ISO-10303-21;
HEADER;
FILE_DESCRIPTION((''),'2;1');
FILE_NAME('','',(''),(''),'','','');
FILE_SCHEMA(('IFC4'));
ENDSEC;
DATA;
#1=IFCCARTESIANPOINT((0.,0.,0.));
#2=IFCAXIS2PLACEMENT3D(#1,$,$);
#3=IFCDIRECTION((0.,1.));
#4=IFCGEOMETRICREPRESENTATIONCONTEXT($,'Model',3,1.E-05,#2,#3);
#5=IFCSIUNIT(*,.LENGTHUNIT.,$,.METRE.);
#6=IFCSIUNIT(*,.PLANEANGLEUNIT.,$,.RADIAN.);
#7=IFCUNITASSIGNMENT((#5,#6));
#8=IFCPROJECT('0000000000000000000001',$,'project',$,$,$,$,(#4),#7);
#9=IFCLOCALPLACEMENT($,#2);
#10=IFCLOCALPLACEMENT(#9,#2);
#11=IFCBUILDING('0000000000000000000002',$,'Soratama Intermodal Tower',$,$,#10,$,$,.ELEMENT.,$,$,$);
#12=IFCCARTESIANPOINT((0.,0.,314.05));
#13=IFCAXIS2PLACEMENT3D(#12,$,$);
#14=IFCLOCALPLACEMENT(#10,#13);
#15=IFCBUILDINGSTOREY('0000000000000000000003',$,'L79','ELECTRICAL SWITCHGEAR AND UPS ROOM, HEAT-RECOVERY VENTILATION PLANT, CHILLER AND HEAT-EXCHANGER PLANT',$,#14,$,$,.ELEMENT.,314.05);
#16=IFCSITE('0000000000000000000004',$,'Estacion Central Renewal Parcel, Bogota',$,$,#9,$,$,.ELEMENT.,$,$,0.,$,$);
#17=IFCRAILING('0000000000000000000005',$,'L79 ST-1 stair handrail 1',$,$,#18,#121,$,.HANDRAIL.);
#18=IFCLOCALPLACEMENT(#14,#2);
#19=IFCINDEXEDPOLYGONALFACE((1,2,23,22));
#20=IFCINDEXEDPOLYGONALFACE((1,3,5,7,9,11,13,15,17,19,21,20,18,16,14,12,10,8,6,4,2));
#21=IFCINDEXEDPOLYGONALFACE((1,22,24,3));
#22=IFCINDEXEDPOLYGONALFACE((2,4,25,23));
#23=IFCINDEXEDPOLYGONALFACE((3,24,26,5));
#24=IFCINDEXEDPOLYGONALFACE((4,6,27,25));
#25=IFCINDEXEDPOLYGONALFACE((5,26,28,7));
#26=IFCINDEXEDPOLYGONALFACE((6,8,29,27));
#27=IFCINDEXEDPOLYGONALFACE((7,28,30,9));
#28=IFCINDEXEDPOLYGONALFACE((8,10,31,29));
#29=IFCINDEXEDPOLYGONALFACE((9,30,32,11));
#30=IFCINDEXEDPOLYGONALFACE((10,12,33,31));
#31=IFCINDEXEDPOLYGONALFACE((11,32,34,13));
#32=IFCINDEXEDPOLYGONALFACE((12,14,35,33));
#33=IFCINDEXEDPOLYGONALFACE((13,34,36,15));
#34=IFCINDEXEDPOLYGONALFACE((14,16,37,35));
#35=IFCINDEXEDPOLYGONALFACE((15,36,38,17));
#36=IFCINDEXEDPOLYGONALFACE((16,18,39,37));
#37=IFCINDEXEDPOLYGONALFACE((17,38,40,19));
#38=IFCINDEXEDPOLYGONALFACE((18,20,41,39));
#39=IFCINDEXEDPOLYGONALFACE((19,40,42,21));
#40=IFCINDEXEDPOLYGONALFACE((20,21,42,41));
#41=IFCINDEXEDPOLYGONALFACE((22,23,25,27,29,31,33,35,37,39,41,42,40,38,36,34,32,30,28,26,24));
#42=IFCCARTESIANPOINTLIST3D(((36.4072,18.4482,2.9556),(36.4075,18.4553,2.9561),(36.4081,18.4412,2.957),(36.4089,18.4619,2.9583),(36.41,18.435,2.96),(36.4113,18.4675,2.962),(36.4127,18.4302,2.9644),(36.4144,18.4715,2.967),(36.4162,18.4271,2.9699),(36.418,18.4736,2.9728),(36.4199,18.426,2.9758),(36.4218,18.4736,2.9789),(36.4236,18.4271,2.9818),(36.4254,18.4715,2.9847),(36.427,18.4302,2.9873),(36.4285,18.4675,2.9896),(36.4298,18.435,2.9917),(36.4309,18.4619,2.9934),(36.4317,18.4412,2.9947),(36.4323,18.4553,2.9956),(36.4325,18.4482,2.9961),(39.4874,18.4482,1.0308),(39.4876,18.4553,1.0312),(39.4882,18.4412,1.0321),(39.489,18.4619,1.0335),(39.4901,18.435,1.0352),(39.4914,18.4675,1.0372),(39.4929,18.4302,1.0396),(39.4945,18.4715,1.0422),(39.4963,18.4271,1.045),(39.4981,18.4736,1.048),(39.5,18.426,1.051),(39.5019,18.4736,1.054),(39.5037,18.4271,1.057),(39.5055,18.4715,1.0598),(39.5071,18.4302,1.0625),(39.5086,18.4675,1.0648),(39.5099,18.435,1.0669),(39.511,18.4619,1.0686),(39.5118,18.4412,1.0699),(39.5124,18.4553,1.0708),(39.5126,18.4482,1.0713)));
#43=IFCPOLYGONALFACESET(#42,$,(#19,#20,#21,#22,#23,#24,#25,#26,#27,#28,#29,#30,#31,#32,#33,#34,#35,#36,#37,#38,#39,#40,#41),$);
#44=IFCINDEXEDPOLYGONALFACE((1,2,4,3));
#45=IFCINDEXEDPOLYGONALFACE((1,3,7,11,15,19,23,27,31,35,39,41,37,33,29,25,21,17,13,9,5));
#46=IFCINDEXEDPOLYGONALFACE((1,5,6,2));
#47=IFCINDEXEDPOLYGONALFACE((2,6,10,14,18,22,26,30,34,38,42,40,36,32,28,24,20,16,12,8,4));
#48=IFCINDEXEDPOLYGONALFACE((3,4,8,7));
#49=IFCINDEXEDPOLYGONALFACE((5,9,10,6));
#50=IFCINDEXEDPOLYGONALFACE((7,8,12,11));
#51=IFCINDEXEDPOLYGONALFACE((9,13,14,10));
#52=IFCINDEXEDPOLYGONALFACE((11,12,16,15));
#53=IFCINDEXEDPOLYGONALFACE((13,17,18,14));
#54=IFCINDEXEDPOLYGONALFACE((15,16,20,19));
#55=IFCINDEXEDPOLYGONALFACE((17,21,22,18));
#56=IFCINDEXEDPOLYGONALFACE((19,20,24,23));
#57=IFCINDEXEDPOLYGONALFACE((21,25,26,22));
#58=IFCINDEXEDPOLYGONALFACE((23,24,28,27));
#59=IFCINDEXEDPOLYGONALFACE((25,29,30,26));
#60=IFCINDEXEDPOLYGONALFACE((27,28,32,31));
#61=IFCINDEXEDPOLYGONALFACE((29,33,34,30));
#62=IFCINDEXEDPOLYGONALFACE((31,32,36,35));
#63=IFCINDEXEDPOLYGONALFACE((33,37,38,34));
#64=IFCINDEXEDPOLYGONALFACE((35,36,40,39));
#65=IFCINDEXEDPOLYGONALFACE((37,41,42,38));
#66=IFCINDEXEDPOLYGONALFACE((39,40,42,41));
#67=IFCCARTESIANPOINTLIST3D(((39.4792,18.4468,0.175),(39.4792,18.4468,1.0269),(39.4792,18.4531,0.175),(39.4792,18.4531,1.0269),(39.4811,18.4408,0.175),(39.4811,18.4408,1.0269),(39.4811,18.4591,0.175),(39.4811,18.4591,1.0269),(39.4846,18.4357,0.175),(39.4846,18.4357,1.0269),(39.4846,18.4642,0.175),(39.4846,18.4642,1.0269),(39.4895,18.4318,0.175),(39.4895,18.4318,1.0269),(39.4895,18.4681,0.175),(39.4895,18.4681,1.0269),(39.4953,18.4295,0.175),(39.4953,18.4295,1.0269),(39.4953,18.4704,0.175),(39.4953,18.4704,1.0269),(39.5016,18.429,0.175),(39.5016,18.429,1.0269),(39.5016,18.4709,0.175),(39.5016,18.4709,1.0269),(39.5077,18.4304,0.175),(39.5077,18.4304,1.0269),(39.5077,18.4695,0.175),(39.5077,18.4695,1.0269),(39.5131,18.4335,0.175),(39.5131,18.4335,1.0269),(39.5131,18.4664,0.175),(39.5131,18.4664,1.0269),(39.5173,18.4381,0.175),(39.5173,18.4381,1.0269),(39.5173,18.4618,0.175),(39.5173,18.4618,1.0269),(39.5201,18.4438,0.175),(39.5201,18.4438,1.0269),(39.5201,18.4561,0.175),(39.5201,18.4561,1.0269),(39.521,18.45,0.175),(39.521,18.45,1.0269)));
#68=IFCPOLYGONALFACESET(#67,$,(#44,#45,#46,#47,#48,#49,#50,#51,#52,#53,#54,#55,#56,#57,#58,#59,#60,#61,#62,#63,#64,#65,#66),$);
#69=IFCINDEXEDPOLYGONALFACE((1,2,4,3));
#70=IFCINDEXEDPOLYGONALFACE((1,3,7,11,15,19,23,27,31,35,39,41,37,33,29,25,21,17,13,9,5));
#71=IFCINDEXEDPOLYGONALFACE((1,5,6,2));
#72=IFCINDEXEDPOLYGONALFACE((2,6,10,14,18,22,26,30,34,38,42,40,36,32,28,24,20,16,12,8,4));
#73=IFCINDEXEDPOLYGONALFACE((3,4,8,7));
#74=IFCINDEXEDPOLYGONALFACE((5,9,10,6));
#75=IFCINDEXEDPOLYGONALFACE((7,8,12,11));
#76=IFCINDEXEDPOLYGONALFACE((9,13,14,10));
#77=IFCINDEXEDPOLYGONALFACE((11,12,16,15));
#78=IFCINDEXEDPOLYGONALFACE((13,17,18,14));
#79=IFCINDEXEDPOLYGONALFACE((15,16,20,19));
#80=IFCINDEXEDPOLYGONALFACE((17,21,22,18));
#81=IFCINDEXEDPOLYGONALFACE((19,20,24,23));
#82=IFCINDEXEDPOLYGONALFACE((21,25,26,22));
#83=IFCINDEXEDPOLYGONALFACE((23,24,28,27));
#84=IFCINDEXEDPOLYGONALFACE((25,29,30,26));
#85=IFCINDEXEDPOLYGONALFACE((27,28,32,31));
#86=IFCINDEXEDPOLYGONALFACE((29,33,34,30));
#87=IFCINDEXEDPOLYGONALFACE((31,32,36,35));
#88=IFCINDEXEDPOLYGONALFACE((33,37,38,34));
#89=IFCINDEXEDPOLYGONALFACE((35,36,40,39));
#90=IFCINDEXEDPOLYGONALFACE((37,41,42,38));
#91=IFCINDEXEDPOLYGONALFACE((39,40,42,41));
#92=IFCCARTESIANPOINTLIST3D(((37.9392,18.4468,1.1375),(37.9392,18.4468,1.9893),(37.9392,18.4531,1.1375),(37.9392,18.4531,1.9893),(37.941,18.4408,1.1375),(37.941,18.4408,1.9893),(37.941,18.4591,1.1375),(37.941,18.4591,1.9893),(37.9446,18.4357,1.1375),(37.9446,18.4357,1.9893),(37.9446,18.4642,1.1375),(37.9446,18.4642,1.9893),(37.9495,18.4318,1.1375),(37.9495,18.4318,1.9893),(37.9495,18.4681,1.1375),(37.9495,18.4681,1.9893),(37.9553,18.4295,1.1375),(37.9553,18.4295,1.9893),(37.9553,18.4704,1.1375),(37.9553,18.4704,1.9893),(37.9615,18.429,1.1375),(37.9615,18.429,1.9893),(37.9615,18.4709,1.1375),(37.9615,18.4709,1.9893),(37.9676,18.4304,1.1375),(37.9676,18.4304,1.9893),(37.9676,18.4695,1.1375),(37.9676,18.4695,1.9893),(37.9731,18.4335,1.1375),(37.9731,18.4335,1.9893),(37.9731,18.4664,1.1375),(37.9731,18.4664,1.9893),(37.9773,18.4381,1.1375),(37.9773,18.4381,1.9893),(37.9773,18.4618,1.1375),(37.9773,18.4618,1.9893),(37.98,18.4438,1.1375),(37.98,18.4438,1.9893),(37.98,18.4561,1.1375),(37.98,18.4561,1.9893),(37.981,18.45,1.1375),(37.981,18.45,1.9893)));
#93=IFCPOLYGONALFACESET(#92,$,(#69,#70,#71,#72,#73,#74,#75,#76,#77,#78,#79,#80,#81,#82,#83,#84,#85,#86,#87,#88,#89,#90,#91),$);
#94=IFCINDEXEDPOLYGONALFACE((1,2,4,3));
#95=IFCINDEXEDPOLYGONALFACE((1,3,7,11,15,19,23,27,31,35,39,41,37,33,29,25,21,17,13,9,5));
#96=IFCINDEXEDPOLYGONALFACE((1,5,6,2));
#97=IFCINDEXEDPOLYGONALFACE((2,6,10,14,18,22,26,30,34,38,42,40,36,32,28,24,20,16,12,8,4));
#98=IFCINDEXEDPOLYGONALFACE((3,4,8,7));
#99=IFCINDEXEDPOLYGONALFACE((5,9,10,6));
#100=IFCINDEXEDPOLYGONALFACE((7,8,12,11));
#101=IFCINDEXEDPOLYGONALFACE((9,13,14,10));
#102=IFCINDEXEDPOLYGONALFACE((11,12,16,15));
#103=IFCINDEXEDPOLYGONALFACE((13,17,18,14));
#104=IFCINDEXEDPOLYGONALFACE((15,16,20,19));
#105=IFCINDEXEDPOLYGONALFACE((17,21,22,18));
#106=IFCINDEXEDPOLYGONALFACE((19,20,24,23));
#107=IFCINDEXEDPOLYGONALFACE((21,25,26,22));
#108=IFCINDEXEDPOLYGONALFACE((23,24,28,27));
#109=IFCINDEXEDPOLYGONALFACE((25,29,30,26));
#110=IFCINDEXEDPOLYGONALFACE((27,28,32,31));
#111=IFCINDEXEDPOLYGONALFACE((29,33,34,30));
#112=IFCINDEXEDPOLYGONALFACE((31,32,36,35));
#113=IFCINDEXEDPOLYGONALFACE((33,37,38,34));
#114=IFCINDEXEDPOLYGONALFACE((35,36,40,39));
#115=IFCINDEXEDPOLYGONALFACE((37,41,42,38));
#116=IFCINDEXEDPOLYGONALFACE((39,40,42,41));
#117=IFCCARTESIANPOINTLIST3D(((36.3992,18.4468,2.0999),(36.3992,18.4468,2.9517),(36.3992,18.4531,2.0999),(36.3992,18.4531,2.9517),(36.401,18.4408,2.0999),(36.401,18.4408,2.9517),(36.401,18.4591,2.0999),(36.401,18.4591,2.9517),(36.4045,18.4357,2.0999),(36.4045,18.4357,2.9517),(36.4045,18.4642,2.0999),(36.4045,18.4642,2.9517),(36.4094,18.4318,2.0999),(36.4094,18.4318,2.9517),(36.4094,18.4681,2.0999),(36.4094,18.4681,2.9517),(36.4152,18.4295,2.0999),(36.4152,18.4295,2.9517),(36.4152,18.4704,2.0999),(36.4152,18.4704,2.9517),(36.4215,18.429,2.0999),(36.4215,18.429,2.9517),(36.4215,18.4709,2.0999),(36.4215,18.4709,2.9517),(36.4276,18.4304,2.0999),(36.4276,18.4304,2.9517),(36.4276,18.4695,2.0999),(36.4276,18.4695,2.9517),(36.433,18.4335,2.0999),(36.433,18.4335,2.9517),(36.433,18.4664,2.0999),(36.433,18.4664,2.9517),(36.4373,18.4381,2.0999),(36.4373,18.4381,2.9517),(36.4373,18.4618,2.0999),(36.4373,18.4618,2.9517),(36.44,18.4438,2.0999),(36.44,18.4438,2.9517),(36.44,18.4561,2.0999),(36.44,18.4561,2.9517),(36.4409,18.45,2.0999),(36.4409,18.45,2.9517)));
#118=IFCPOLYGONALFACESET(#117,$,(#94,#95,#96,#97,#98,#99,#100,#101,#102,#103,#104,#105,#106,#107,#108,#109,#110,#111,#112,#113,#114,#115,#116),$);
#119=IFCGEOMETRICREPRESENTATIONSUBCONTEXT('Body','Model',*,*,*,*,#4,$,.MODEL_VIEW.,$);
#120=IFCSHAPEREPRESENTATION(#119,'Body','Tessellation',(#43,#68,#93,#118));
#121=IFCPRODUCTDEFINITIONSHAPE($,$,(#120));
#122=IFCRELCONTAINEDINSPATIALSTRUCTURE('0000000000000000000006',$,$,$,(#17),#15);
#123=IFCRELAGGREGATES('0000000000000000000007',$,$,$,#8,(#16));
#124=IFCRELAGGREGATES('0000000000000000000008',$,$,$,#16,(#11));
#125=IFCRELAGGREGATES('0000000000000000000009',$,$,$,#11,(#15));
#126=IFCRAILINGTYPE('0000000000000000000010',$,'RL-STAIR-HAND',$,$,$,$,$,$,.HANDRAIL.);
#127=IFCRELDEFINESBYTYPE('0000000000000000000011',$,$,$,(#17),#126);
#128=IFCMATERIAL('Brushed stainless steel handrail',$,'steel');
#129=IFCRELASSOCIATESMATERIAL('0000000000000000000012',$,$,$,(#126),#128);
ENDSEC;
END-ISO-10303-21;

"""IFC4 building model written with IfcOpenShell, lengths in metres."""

from ifc_helpers import new_model, si_unit, direction, frame, origin, origin_2d, place, context, subcontext, project, spatial, circle, extrude, material, type_object, element, save


model = new_model("IFC4")

# Units and contexts
model_context = context("Model", 3, precision=1e-05, world=origin(), true_north=direction((0.0, 1.0)))
body_context = subcontext(model_context, "Body", "Model", "MODEL_VIEW")
ifc_project = project(units=[si_unit("LENGTHUNIT", "METRE"), si_unit("PLANEANGLEUNIT", "RADIAN")], contexts=[model_context])

# Site, building, storey
site_placement = place(None, origin())
site = spatial("IfcSite", under=ifc_project, at=site_placement, Name="Estacion Central Renewal Parcel, Bogota", CompositionType="ELEMENT", RefElevation=0.0)
building_placement = place(site_placement, origin())
building = spatial("IfcBuilding", under=site, at=building_placement, Name="Soratama Intermodal Tower", CompositionType="ELEMENT")
storey_placement = place(building_placement, frame((0.0, 0.0, 314.05)))
storey = spatial("IfcBuildingStorey", under=building, at=storey_placement, Name="L79", Description="ELECTRICAL SWITCHGEAR AND UPS ROOM, HEAT-RECOVERY VENTILATION PLANT, CHILLER AND HEAT-EXCHANGER PLANT", CompositionType="ELEMENT", Elevation=314.05)

# Railing
ifc_material_1 = material(Name="Brushed stainless steel handrail", Category="steel")
railing_type_1 = type_object("IfcRailingType", Name="RL-STAIR-HAND", PredefinedType="HANDRAIL", material=ifc_material_1)
railing_1_placement = place(storey_placement, frame((39.5, 18.45, 0.175)))
element("IfcRailing", 1, at=railing_1_placement, inside=storey, type_object=railing_type_1, Name="L79 ST-1 stair handrail 1", PredefinedType="HANDRAIL", context=body_context, shape_type="SweptSolid", body=[
    extrude(circle(Radius=0.0239, at=origin_2d()), frame((0.0, 0.0, 0.876), z_axis=(-0.848029, 0.0, 0.529951), x_axis=(0.0, -1.0, 0.0)), (0.0, 0.0, 1.0), 3.6321),
    extrude(circle(Radius=0.021, at=origin_2d()), origin(), (0.0, 0.0, 1.0), 0.8518),
    extrude(circle(Radius=0.021, at=origin_2d()), frame((-1.54, 0.0, 0.9624)), (0.0, 0.0, 1.0), 0.8518),
    extrude(circle(Radius=0.021, at=origin_2d()), frame((-3.0801, 0.0, 1.9248)), (0.0, 0.0, 1.0), 0.8518),
])

save(model, "model.ifc")
